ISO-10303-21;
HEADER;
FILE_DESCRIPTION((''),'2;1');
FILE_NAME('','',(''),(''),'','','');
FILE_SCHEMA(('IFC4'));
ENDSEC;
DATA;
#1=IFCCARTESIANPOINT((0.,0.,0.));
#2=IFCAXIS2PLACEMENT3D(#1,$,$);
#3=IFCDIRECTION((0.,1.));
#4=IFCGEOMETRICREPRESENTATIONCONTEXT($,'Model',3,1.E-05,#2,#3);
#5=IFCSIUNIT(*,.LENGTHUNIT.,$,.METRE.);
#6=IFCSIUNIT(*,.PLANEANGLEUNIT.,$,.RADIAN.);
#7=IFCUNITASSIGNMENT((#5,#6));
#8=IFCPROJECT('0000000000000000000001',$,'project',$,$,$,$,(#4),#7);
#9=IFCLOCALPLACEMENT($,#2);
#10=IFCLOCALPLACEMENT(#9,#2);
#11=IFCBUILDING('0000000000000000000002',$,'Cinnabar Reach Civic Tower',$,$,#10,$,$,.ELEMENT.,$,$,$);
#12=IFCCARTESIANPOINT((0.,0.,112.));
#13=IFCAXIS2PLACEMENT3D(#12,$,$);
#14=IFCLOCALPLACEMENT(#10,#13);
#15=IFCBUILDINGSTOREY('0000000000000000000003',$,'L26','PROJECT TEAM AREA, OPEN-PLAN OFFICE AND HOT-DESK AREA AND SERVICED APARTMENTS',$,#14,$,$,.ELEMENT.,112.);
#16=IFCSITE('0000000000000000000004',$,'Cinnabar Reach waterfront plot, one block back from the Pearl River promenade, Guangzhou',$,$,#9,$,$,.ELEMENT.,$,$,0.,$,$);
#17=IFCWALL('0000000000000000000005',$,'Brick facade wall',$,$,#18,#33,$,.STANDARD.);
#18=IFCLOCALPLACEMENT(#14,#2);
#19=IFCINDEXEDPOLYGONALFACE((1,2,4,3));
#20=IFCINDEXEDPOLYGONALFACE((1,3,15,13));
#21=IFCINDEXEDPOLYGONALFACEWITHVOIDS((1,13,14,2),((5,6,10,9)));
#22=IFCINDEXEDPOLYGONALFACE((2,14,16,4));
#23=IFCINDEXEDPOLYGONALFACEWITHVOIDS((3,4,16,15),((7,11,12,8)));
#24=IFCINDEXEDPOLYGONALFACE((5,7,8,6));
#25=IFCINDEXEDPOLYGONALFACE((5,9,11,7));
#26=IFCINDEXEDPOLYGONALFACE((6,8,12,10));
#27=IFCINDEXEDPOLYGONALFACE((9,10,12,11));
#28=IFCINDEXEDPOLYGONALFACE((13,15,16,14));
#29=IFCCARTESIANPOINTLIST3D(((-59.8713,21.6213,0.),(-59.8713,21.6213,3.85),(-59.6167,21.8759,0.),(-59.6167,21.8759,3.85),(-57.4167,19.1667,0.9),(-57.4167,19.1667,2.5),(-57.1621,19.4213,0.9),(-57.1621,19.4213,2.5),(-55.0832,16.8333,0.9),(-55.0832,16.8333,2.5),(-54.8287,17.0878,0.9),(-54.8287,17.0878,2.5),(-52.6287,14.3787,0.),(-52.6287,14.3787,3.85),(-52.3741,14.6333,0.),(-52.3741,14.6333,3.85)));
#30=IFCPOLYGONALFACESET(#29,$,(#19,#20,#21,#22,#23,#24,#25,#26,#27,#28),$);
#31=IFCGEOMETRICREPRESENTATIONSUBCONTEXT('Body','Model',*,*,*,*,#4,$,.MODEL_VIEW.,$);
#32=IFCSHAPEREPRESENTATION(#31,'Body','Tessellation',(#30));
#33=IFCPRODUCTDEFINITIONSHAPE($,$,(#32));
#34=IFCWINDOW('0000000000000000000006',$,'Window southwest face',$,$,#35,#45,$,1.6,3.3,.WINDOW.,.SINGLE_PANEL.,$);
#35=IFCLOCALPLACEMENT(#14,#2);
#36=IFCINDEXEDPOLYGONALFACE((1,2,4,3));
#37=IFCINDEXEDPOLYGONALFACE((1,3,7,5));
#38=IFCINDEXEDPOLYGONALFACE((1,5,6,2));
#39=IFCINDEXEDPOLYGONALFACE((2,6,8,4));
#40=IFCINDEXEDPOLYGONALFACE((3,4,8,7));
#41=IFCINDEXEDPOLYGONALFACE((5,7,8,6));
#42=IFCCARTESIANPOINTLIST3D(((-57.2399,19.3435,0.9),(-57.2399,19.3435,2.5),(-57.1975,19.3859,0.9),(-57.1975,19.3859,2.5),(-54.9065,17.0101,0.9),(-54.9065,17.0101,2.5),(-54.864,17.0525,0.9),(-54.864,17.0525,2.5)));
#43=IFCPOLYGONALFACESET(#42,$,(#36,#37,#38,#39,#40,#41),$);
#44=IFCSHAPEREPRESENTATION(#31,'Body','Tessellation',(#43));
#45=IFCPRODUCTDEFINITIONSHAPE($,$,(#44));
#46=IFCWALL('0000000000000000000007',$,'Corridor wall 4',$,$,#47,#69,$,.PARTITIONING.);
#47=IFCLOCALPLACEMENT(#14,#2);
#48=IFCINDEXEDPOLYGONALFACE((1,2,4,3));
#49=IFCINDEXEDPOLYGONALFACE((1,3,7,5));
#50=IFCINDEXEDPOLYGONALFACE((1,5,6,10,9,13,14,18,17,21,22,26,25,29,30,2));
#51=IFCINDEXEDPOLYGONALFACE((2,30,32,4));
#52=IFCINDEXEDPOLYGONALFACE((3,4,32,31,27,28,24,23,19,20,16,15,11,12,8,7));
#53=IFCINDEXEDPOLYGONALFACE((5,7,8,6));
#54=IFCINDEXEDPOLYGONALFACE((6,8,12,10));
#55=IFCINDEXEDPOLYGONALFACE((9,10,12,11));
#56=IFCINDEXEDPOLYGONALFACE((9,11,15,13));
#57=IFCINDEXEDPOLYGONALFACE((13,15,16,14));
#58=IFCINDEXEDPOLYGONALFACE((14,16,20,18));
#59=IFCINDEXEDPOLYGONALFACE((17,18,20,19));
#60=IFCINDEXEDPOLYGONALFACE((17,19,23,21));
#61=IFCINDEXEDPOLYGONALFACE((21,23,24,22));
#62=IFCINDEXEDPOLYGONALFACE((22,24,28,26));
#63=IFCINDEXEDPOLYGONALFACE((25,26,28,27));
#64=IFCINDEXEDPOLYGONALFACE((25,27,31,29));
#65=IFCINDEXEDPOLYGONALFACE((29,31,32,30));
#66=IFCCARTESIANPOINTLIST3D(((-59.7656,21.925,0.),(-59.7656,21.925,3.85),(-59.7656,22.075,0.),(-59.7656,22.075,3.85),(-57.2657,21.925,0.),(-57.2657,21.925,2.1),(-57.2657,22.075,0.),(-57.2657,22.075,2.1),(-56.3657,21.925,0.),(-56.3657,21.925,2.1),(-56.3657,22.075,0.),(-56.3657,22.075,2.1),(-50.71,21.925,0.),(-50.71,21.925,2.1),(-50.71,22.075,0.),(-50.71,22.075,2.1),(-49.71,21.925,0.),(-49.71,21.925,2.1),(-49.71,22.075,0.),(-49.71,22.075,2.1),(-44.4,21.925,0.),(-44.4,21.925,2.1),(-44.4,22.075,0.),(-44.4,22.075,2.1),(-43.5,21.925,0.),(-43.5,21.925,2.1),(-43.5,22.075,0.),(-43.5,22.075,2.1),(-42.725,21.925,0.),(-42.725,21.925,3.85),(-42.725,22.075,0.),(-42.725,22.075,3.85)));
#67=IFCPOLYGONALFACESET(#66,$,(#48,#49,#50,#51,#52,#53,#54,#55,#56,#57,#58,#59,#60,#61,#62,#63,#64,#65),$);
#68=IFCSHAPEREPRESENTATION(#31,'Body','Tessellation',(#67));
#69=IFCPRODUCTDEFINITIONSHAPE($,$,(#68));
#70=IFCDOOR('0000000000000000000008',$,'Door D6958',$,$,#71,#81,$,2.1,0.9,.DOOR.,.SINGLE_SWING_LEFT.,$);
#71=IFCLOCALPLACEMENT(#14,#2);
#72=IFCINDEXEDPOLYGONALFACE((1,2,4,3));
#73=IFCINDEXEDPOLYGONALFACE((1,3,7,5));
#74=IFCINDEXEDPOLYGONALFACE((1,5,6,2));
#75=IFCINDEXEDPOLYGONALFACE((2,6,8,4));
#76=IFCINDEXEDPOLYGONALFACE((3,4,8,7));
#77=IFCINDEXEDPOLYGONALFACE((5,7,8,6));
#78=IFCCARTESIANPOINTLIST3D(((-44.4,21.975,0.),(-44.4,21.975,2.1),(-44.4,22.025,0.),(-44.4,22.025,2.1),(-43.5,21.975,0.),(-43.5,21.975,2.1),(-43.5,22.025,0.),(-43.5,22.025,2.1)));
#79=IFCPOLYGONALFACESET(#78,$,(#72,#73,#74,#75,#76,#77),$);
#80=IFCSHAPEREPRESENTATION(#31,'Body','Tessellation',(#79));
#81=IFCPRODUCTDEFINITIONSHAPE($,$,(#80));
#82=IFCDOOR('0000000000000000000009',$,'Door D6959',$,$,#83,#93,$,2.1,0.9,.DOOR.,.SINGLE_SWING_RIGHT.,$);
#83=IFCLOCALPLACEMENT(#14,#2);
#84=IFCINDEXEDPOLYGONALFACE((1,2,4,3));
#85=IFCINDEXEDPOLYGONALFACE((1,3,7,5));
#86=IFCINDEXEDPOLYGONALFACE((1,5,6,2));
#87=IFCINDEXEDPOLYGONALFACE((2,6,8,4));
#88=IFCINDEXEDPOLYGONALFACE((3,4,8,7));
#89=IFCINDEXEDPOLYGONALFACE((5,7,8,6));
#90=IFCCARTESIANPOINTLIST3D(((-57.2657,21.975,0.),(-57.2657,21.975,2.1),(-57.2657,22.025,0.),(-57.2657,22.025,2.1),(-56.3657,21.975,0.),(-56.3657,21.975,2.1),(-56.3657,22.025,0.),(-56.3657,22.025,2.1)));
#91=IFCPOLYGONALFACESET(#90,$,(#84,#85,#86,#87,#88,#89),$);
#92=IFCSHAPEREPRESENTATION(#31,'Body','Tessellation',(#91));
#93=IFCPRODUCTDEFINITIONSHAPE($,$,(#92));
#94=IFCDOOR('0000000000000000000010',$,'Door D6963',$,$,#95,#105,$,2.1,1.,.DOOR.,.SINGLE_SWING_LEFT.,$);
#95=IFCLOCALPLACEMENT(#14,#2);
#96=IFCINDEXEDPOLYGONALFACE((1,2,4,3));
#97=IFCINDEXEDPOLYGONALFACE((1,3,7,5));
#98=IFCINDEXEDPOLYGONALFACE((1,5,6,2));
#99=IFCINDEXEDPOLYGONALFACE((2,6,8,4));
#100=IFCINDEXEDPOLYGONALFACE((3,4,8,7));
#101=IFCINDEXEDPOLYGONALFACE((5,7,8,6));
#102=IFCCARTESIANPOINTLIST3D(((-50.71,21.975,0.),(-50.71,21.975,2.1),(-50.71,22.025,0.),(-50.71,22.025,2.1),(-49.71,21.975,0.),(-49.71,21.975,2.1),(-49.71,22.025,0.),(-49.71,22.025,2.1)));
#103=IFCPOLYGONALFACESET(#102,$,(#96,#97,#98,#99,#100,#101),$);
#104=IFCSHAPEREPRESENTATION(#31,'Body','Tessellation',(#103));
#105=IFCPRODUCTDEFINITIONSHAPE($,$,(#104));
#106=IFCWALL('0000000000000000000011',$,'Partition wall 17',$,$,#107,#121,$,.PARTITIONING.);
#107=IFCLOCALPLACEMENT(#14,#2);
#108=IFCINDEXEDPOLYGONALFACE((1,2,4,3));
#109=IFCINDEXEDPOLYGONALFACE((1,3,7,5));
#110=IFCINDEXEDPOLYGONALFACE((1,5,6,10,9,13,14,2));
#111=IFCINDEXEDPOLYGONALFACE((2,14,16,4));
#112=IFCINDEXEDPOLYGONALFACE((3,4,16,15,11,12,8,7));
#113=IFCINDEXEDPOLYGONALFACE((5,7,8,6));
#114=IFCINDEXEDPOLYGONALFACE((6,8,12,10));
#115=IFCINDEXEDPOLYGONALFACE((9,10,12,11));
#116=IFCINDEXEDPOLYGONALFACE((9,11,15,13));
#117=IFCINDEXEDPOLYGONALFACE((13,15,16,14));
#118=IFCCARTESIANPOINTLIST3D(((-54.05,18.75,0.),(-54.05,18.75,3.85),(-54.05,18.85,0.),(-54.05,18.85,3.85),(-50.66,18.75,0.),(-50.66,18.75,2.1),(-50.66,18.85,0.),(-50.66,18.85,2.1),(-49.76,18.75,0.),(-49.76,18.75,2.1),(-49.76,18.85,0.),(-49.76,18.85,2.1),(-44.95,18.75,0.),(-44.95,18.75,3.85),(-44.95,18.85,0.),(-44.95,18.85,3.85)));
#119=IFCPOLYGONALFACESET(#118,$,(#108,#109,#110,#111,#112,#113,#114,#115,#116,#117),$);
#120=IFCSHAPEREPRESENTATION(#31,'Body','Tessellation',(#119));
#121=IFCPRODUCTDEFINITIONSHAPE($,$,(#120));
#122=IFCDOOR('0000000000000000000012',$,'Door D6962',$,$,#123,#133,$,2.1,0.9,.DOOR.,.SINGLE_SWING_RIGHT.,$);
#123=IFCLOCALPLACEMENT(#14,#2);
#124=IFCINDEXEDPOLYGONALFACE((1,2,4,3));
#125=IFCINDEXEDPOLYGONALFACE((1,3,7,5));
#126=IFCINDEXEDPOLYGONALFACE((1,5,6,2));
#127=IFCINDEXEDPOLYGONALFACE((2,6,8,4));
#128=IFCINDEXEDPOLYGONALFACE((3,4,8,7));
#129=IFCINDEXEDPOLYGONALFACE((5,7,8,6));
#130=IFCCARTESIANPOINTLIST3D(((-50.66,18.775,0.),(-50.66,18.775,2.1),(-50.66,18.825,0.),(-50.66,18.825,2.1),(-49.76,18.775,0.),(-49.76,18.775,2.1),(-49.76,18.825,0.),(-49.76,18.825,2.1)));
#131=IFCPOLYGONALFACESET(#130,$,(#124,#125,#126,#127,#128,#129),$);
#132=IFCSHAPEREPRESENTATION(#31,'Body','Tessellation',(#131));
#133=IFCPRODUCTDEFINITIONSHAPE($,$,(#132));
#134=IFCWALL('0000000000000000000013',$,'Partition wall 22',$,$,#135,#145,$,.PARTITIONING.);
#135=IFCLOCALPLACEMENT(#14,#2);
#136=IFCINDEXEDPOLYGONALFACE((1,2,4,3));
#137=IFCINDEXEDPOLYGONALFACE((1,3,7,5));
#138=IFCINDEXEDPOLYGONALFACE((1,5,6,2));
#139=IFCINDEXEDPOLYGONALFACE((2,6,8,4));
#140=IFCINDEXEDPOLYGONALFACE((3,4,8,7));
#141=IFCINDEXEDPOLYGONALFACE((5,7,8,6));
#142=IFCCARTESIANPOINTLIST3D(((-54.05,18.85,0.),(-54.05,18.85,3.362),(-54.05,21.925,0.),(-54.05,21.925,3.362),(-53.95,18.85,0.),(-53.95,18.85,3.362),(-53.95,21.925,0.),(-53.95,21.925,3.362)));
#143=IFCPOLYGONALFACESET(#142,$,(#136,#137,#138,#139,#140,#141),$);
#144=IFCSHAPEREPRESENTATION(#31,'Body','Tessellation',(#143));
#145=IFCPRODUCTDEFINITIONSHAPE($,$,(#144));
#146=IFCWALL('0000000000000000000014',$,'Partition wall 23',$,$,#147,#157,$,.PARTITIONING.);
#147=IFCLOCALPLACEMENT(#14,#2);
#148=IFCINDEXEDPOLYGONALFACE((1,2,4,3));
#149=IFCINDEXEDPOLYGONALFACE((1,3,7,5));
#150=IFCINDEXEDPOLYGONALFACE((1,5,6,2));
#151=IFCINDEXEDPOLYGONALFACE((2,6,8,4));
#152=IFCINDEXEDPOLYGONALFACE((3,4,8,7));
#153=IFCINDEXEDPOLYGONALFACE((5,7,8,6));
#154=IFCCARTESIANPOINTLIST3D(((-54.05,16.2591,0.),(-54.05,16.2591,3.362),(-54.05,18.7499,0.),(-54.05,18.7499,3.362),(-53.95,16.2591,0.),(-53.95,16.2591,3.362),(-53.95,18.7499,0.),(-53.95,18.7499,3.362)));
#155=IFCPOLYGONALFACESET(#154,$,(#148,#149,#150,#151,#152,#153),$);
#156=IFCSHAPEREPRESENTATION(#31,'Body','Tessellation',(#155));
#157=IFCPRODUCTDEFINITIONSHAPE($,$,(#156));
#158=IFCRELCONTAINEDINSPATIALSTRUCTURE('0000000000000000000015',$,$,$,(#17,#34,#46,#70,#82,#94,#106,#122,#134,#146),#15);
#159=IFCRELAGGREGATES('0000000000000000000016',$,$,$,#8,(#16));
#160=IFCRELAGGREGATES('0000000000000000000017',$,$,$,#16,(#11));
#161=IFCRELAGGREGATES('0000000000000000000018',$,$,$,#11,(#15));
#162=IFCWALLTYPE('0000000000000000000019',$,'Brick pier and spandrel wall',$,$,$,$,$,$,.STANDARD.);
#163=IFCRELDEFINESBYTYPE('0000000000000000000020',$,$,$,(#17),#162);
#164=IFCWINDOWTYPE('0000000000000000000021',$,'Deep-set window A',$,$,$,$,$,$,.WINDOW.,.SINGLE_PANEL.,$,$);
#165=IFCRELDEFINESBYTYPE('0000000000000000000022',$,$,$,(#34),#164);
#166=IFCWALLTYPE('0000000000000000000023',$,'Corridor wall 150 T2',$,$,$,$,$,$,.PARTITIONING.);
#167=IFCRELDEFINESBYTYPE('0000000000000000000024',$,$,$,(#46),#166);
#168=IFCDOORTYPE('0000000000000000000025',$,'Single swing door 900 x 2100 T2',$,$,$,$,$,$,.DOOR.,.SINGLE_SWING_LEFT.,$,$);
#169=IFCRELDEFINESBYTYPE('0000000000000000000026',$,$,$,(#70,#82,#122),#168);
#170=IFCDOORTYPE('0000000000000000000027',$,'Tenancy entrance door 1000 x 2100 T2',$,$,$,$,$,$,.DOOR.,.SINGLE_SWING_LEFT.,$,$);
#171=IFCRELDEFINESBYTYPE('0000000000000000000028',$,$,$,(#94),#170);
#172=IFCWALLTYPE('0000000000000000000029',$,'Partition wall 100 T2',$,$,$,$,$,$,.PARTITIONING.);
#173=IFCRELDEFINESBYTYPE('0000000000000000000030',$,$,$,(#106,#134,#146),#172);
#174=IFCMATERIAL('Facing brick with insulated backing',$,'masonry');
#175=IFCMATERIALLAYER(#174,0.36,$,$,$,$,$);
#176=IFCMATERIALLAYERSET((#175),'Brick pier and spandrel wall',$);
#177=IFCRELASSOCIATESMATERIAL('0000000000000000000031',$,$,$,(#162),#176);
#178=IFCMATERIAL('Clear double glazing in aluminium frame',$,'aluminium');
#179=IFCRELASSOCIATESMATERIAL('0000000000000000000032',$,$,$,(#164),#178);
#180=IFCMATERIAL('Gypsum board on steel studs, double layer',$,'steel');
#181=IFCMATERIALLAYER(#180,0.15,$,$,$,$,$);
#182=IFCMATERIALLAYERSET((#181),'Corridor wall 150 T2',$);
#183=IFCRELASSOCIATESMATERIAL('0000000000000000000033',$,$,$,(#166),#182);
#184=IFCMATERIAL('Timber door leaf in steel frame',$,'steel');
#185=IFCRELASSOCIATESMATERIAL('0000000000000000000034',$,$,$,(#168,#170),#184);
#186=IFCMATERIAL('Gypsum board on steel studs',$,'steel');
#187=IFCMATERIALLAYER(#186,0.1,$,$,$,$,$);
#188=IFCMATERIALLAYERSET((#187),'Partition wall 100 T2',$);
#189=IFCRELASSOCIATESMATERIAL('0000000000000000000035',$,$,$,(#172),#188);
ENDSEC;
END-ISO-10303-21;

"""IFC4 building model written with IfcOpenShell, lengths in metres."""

from ifc_helpers import new_model, si_unit, direction, frame, frame_2d, origin, place, context, subcontext, project, spatial, rectangle, extrude, material, layer, layer_set, type_object, element, fill, save


model = new_model("IFC4")

# Units and contexts
model_context = context("Model", 3, precision=1e-05, world=origin(), true_north=direction((0.0, 1.0)))
body_context = subcontext(model_context, "Body", "Model", "MODEL_VIEW")
ifc_project = project(units=[si_unit("LENGTHUNIT", "METRE"), si_unit("PLANEANGLEUNIT", "RADIAN")], contexts=[model_context])

# Site, building, storey
site_placement = place(None, origin())
site = spatial("IfcSite", under=ifc_project, at=site_placement, Name="Cinnabar Reach waterfront plot, one block back from the Pearl River promenade, Guangzhou", CompositionType="ELEMENT", RefElevation=0.0)
building_placement = place(site_placement, origin())
building = spatial("IfcBuilding", under=site, at=building_placement, Name="Cinnabar Reach Civic Tower", CompositionType="ELEMENT")
storey_placement = place(building_placement, frame((0.0, 0.0, 112.0)))
storey = spatial("IfcBuildingStorey", under=building, at=storey_placement, Name="L26", Description="PROJECT TEAM AREA, OPEN-PLAN OFFICE AND HOT-DESK AREA AND SERVICED APARTMENTS", CompositionType="ELEMENT", Elevation=112.0)

# Shared definitions
ifc_material_1 = material(Name="Facing brick with insulated backing", Category="masonry")

# Wall, opening, window
ifc_layer_1 = layer(ifc_material_1, 0.36)
ifc_layer_set_1 = layer_set([ifc_layer_1], Name="Brick pier and spandrel wall")
wall_type_1 = type_object("IfcWallType", Name="Brick pier and spandrel wall", PredefinedType="STANDARD", material=ifc_layer_set_1)
wall_1_placement = place(storey_placement, frame((-59.744, 21.7486, 0.0), z_axis=(0.0, 0.0, 1.0), x_axis=(0.707107, -0.707107, 0.0)))
wall_1 = element("IfcWall", 1, at=wall_1_placement, inside=storey, type_object=wall_type_1, Name="Brick facade wall", PredefinedType="STANDARD", context=body_context, shape_type="SweptSolid", body=[
    extrude(rectangle(XDim=10.2426, YDim=0.36, at=frame_2d((5.1213, 0.0))), origin(), (0.0, 0.0, 1.0), 3.85),
])
opening_1_placement = place(wall_1_placement, frame((3.4713, 0.0, 0.9)))
opening_1 = element("IfcOpeningElement", 2, at=opening_1_placement, cuts=wall_1, PredefinedType="OPENING", context=body_context, shape_type="SweptSolid", body=[
    extrude(rectangle(XDim=3.3, YDim=1.6, at=frame_2d((1.65, 0.8))), frame((0.0, 0.19, 0.0), z_axis=(0.0, -1.0, 0.0), x_axis=(1.0, 0.0, 0.0)), (0.0, 0.0, 1.0), 0.38),
])
ifc_material_2 = material(Name="Clear double glazing in aluminium frame", Category="aluminium")
window_type = type_object("IfcWindowType", Name="Deep-set window A", PartitioningType="SINGLE_PANEL", PredefinedType="WINDOW", material=ifc_material_2)
window_placement = place(opening_1_placement, origin())
window = element("IfcWindow", 3, at=window_placement, inside=storey, type_object=window_type, Name="Window southwest face", OverallHeight=1.6, OverallWidth=3.3, PartitioningType="SINGLE_PANEL", PredefinedType="WINDOW", context=body_context, shape_type="SweptSolid", body=[
    extrude(rectangle(XDim=3.3, YDim=1.6, at=frame_2d((1.65, 0.8))), frame((0.0, 0.13, 0.0), z_axis=(0.0, -1.0, 0.0), x_axis=(1.0, 0.0, 0.0)), (0.0, 0.0, 1.0), 0.06),
])
fill(opening_1, window)

# Wall, openings, doors
ifc_material_3 = material(Name="Gypsum board on steel studs, double layer", Category="steel")
ifc_layer_2 = layer(ifc_material_3, 0.15)
ifc_layer_set_2 = layer_set([ifc_layer_2], Name="Corridor wall 150 T2")
wall_type_2 = type_object("IfcWallType", Name="Corridor wall 150 T2", PredefinedType="PARTITIONING", material=ifc_layer_set_2)
wall_2_placement = place(storey_placement, frame((-59.7657, 22.0, 0.0), z_axis=(0.0, 0.0, 1.0), x_axis=(1.0, 0.0, 0.0)))
wall_2 = element("IfcWall", 4, at=wall_2_placement, inside=storey, type_object=wall_type_2, Name="Corridor wall 4", PredefinedType="PARTITIONING", context=body_context, shape_type="SweptSolid", body=[
    extrude(rectangle(XDim=17.0407, YDim=0.15, at=frame_2d((8.5204, 0.0))), origin(), (0.0, 0.0, 1.0), 3.85),
])
opening_2_placement = place(wall_2_placement, frame((15.3657, 0.0, 0.0)))
opening_2 = element("IfcOpeningElement", 5, at=opening_2_placement, cuts=wall_2, PredefinedType="OPENING", context=body_context, shape_type="SweptSolid", body=[
    extrude(rectangle(XDim=0.9, YDim=2.1, at=frame_2d((0.45, 1.05))), frame((0.0, 0.085, 0.0), z_axis=(0.0, -1.0, 0.0), x_axis=(1.0, 0.0, 0.0)), (0.0, 0.0, 1.0), 0.17),
])
opening_3_placement = place(wall_2_placement, frame((2.5, 0.0, 0.0)))
opening_3 = element("IfcOpeningElement", 6, at=opening_3_placement, cuts=wall_2, PredefinedType="OPENING", context=body_context, shape_type="SweptSolid", body=[
    extrude(rectangle(XDim=0.9, YDim=2.1, at=frame_2d((0.45, 1.05))), frame((0.0, 0.085, 0.0), z_axis=(0.0, -1.0, 0.0), x_axis=(1.0, 0.0, 0.0)), (0.0, 0.0, 1.0), 0.17),
])
opening_4_placement = place(wall_2_placement, frame((9.0557, 0.0, 0.0)))
opening_4 = element("IfcOpeningElement", 7, at=opening_4_placement, cuts=wall_2, PredefinedType="OPENING", context=body_context, shape_type="SweptSolid", body=[
    extrude(rectangle(XDim=1.0, YDim=2.1, at=frame_2d((0.5, 1.05))), frame((0.0, 0.085, 0.0), z_axis=(0.0, -1.0, 0.0), x_axis=(1.0, 0.0, 0.0)), (0.0, 0.0, 1.0), 0.17),
])
ifc_material_4 = material(Name="Timber door leaf in steel frame", Category="steel")
door_type_1 = type_object("IfcDoorType", Name="Single swing door 900 x 2100 T2", OperationType="SINGLE_SWING_LEFT", PredefinedType="DOOR", material=ifc_material_4)
door_1_placement = place(opening_2_placement, frame((0.9, 0.0, 0.0), z_axis=(0.0, 0.0, 1.0), x_axis=(-1.0, 0.0, 0.0)))
door_1 = element("IfcDoor", 8, at=door_1_placement, inside=storey, type_object=door_type_1, Name="Door D6958", OperationType="SINGLE_SWING_LEFT", OverallHeight=2.1, OverallWidth=0.9, PredefinedType="DOOR", context=body_context, shape_type="SweptSolid", body=[
    extrude(rectangle(XDim=0.9, YDim=2.1, at=frame_2d((0.45, 1.05))), frame((0.0, 0.025, 0.0), z_axis=(0.0, -1.0, 0.0), x_axis=(1.0, 0.0, 0.0)), (0.0, 0.0, 1.0), 0.05),
])
fill(opening_2, door_1)
door_2_placement = place(opening_3_placement, frame((0.9, 0.0, 0.0), z_axis=(0.0, 0.0, 1.0), x_axis=(-1.0, 0.0, 0.0)))
door_2 = element("IfcDoor", 9, at=door_2_placement, inside=storey, type_object=door_type_1, Name="Door D6959", OperationType="SINGLE_SWING_RIGHT", OverallHeight=2.1, OverallWidth=0.9, PredefinedType="DOOR", context=body_context, shape_type="SweptSolid", body=[
    extrude(rectangle(XDim=0.9, YDim=2.1, at=frame_2d((0.45, 1.05))), frame((0.0, 0.025, 0.0), z_axis=(0.0, -1.0, 0.0), x_axis=(1.0, 0.0, 0.0)), (0.0, 0.0, 1.0), 0.05),
])
fill(opening_3, door_2)
door_type_2 = type_object("IfcDoorType", Name="Tenancy entrance door 1000 x 2100 T2", OperationType="SINGLE_SWING_LEFT", PredefinedType="DOOR", material=ifc_material_4)
door_3_placement = place(opening_4_placement, frame((1.0, 0.0, 0.0), z_axis=(0.0, 0.0, 1.0), x_axis=(-1.0, 0.0, 0.0)))
door_3 = element("IfcDoor", 10, at=door_3_placement, inside=storey, type_object=door_type_2, Name="Door D6963", OperationType="SINGLE_SWING_LEFT", OverallHeight=2.1, OverallWidth=1.0, PredefinedType="DOOR", context=body_context, shape_type="SweptSolid", body=[
    extrude(rectangle(XDim=1.0, YDim=2.1, at=frame_2d((0.5, 1.05))), frame((0.0, 0.025, 0.0), z_axis=(0.0, -1.0, 0.0), x_axis=(1.0, 0.0, 0.0)), (0.0, 0.0, 1.0), 0.05),
])
fill(opening_4, door_3)

# Wall, opening, door
ifc_material_5 = material(Name="Gypsum board on steel studs", Category="steel")
ifc_layer_3 = layer(ifc_material_5, 0.1)
ifc_layer_set_3 = layer_set([ifc_layer_3], Name="Partition wall 100 T2")
wall_type_3 = type_object("IfcWallType", Name="Partition wall 100 T2", PredefinedType="PARTITIONING", material=ifc_layer_set_3)
wall_3_placement = place(storey_placement, frame((-54.05, 18.8, 0.0), z_axis=(0.0, 0.0, 1.0), x_axis=(1.0, 0.0, 0.0)))
wall_3 = element("IfcWall", 11, at=wall_3_placement, inside=storey, type_object=wall_type_3, Name="Partition wall 17", PredefinedType="PARTITIONING", context=body_context, shape_type="SweptSolid", body=[
    extrude(rectangle(XDim=9.1, YDim=0.1, at=frame_2d((4.55, 0.0))), origin(), (0.0, 0.0, 1.0), 3.85),
])
opening_5_placement = place(wall_3_placement, frame((3.39, 0.0, 0.0)))
opening_5 = element("IfcOpeningElement", 12, at=opening_5_placement, cuts=wall_3, PredefinedType="OPENING", context=body_context, shape_type="SweptSolid", body=[
    extrude(rectangle(XDim=0.9, YDim=2.1, at=frame_2d((0.45, 1.05))), frame((0.0, 0.06, 0.0), z_axis=(0.0, -1.0, 0.0), x_axis=(1.0, 0.0, 0.0)), (0.0, 0.0, 1.0), 0.12),
])
door_4_placement = place(opening_5_placement, origin())
door_4 = element("IfcDoor", 13, at=door_4_placement, inside=storey, type_object=door_type_1, Name="Door D6962", OperationType="SINGLE_SWING_RIGHT", OverallHeight=2.1, OverallWidth=0.9, PredefinedType="DOOR", context=body_context, shape_type="SweptSolid", body=[
    extrude(rectangle(XDim=0.9, YDim=2.1, at=frame_2d((0.45, 1.05))), frame((0.0, 0.025, 0.0), z_axis=(0.0, -1.0, 0.0), x_axis=(1.0, 0.0, 0.0)), (0.0, 0.0, 1.0), 0.05),
])
fill(opening_5, door_4)

# Walls
wall_4_placement = place(storey_placement, frame((-54.0, 18.85, 0.0), z_axis=(0.0, 0.0, 1.0), x_axis=(0.0, 1.0, 0.0)))
element("IfcWall", 14, at=wall_4_placement, inside=storey, type_object=wall_type_3, Name="Partition wall 22", PredefinedType="PARTITIONING", context=body_context, shape_type="SweptSolid", body=[
    extrude(rectangle(XDim=3.075, YDim=0.1, at=frame_2d((1.5375, 0.0))), origin(), (0.0, 0.0, 1.0), 3.362),
])
wall_5_placement = place(storey_placement, frame((-54.0, 16.2591, 0.0), z_axis=(0.0, 0.0, 1.0), x_axis=(0.0, 1.0, 0.0)))
element("IfcWall", 15, at=wall_5_placement, inside=storey, type_object=wall_type_3, Name="Partition wall 23", PredefinedType="PARTITIONING", context=body_context, shape_type="SweptSolid", body=[
    extrude(rectangle(XDim=2.4909, YDim=0.1, at=frame_2d((1.2454, 0.0))), origin(), (0.0, 0.0, 1.0), 3.362),
])

save(model, "model.ifc")
